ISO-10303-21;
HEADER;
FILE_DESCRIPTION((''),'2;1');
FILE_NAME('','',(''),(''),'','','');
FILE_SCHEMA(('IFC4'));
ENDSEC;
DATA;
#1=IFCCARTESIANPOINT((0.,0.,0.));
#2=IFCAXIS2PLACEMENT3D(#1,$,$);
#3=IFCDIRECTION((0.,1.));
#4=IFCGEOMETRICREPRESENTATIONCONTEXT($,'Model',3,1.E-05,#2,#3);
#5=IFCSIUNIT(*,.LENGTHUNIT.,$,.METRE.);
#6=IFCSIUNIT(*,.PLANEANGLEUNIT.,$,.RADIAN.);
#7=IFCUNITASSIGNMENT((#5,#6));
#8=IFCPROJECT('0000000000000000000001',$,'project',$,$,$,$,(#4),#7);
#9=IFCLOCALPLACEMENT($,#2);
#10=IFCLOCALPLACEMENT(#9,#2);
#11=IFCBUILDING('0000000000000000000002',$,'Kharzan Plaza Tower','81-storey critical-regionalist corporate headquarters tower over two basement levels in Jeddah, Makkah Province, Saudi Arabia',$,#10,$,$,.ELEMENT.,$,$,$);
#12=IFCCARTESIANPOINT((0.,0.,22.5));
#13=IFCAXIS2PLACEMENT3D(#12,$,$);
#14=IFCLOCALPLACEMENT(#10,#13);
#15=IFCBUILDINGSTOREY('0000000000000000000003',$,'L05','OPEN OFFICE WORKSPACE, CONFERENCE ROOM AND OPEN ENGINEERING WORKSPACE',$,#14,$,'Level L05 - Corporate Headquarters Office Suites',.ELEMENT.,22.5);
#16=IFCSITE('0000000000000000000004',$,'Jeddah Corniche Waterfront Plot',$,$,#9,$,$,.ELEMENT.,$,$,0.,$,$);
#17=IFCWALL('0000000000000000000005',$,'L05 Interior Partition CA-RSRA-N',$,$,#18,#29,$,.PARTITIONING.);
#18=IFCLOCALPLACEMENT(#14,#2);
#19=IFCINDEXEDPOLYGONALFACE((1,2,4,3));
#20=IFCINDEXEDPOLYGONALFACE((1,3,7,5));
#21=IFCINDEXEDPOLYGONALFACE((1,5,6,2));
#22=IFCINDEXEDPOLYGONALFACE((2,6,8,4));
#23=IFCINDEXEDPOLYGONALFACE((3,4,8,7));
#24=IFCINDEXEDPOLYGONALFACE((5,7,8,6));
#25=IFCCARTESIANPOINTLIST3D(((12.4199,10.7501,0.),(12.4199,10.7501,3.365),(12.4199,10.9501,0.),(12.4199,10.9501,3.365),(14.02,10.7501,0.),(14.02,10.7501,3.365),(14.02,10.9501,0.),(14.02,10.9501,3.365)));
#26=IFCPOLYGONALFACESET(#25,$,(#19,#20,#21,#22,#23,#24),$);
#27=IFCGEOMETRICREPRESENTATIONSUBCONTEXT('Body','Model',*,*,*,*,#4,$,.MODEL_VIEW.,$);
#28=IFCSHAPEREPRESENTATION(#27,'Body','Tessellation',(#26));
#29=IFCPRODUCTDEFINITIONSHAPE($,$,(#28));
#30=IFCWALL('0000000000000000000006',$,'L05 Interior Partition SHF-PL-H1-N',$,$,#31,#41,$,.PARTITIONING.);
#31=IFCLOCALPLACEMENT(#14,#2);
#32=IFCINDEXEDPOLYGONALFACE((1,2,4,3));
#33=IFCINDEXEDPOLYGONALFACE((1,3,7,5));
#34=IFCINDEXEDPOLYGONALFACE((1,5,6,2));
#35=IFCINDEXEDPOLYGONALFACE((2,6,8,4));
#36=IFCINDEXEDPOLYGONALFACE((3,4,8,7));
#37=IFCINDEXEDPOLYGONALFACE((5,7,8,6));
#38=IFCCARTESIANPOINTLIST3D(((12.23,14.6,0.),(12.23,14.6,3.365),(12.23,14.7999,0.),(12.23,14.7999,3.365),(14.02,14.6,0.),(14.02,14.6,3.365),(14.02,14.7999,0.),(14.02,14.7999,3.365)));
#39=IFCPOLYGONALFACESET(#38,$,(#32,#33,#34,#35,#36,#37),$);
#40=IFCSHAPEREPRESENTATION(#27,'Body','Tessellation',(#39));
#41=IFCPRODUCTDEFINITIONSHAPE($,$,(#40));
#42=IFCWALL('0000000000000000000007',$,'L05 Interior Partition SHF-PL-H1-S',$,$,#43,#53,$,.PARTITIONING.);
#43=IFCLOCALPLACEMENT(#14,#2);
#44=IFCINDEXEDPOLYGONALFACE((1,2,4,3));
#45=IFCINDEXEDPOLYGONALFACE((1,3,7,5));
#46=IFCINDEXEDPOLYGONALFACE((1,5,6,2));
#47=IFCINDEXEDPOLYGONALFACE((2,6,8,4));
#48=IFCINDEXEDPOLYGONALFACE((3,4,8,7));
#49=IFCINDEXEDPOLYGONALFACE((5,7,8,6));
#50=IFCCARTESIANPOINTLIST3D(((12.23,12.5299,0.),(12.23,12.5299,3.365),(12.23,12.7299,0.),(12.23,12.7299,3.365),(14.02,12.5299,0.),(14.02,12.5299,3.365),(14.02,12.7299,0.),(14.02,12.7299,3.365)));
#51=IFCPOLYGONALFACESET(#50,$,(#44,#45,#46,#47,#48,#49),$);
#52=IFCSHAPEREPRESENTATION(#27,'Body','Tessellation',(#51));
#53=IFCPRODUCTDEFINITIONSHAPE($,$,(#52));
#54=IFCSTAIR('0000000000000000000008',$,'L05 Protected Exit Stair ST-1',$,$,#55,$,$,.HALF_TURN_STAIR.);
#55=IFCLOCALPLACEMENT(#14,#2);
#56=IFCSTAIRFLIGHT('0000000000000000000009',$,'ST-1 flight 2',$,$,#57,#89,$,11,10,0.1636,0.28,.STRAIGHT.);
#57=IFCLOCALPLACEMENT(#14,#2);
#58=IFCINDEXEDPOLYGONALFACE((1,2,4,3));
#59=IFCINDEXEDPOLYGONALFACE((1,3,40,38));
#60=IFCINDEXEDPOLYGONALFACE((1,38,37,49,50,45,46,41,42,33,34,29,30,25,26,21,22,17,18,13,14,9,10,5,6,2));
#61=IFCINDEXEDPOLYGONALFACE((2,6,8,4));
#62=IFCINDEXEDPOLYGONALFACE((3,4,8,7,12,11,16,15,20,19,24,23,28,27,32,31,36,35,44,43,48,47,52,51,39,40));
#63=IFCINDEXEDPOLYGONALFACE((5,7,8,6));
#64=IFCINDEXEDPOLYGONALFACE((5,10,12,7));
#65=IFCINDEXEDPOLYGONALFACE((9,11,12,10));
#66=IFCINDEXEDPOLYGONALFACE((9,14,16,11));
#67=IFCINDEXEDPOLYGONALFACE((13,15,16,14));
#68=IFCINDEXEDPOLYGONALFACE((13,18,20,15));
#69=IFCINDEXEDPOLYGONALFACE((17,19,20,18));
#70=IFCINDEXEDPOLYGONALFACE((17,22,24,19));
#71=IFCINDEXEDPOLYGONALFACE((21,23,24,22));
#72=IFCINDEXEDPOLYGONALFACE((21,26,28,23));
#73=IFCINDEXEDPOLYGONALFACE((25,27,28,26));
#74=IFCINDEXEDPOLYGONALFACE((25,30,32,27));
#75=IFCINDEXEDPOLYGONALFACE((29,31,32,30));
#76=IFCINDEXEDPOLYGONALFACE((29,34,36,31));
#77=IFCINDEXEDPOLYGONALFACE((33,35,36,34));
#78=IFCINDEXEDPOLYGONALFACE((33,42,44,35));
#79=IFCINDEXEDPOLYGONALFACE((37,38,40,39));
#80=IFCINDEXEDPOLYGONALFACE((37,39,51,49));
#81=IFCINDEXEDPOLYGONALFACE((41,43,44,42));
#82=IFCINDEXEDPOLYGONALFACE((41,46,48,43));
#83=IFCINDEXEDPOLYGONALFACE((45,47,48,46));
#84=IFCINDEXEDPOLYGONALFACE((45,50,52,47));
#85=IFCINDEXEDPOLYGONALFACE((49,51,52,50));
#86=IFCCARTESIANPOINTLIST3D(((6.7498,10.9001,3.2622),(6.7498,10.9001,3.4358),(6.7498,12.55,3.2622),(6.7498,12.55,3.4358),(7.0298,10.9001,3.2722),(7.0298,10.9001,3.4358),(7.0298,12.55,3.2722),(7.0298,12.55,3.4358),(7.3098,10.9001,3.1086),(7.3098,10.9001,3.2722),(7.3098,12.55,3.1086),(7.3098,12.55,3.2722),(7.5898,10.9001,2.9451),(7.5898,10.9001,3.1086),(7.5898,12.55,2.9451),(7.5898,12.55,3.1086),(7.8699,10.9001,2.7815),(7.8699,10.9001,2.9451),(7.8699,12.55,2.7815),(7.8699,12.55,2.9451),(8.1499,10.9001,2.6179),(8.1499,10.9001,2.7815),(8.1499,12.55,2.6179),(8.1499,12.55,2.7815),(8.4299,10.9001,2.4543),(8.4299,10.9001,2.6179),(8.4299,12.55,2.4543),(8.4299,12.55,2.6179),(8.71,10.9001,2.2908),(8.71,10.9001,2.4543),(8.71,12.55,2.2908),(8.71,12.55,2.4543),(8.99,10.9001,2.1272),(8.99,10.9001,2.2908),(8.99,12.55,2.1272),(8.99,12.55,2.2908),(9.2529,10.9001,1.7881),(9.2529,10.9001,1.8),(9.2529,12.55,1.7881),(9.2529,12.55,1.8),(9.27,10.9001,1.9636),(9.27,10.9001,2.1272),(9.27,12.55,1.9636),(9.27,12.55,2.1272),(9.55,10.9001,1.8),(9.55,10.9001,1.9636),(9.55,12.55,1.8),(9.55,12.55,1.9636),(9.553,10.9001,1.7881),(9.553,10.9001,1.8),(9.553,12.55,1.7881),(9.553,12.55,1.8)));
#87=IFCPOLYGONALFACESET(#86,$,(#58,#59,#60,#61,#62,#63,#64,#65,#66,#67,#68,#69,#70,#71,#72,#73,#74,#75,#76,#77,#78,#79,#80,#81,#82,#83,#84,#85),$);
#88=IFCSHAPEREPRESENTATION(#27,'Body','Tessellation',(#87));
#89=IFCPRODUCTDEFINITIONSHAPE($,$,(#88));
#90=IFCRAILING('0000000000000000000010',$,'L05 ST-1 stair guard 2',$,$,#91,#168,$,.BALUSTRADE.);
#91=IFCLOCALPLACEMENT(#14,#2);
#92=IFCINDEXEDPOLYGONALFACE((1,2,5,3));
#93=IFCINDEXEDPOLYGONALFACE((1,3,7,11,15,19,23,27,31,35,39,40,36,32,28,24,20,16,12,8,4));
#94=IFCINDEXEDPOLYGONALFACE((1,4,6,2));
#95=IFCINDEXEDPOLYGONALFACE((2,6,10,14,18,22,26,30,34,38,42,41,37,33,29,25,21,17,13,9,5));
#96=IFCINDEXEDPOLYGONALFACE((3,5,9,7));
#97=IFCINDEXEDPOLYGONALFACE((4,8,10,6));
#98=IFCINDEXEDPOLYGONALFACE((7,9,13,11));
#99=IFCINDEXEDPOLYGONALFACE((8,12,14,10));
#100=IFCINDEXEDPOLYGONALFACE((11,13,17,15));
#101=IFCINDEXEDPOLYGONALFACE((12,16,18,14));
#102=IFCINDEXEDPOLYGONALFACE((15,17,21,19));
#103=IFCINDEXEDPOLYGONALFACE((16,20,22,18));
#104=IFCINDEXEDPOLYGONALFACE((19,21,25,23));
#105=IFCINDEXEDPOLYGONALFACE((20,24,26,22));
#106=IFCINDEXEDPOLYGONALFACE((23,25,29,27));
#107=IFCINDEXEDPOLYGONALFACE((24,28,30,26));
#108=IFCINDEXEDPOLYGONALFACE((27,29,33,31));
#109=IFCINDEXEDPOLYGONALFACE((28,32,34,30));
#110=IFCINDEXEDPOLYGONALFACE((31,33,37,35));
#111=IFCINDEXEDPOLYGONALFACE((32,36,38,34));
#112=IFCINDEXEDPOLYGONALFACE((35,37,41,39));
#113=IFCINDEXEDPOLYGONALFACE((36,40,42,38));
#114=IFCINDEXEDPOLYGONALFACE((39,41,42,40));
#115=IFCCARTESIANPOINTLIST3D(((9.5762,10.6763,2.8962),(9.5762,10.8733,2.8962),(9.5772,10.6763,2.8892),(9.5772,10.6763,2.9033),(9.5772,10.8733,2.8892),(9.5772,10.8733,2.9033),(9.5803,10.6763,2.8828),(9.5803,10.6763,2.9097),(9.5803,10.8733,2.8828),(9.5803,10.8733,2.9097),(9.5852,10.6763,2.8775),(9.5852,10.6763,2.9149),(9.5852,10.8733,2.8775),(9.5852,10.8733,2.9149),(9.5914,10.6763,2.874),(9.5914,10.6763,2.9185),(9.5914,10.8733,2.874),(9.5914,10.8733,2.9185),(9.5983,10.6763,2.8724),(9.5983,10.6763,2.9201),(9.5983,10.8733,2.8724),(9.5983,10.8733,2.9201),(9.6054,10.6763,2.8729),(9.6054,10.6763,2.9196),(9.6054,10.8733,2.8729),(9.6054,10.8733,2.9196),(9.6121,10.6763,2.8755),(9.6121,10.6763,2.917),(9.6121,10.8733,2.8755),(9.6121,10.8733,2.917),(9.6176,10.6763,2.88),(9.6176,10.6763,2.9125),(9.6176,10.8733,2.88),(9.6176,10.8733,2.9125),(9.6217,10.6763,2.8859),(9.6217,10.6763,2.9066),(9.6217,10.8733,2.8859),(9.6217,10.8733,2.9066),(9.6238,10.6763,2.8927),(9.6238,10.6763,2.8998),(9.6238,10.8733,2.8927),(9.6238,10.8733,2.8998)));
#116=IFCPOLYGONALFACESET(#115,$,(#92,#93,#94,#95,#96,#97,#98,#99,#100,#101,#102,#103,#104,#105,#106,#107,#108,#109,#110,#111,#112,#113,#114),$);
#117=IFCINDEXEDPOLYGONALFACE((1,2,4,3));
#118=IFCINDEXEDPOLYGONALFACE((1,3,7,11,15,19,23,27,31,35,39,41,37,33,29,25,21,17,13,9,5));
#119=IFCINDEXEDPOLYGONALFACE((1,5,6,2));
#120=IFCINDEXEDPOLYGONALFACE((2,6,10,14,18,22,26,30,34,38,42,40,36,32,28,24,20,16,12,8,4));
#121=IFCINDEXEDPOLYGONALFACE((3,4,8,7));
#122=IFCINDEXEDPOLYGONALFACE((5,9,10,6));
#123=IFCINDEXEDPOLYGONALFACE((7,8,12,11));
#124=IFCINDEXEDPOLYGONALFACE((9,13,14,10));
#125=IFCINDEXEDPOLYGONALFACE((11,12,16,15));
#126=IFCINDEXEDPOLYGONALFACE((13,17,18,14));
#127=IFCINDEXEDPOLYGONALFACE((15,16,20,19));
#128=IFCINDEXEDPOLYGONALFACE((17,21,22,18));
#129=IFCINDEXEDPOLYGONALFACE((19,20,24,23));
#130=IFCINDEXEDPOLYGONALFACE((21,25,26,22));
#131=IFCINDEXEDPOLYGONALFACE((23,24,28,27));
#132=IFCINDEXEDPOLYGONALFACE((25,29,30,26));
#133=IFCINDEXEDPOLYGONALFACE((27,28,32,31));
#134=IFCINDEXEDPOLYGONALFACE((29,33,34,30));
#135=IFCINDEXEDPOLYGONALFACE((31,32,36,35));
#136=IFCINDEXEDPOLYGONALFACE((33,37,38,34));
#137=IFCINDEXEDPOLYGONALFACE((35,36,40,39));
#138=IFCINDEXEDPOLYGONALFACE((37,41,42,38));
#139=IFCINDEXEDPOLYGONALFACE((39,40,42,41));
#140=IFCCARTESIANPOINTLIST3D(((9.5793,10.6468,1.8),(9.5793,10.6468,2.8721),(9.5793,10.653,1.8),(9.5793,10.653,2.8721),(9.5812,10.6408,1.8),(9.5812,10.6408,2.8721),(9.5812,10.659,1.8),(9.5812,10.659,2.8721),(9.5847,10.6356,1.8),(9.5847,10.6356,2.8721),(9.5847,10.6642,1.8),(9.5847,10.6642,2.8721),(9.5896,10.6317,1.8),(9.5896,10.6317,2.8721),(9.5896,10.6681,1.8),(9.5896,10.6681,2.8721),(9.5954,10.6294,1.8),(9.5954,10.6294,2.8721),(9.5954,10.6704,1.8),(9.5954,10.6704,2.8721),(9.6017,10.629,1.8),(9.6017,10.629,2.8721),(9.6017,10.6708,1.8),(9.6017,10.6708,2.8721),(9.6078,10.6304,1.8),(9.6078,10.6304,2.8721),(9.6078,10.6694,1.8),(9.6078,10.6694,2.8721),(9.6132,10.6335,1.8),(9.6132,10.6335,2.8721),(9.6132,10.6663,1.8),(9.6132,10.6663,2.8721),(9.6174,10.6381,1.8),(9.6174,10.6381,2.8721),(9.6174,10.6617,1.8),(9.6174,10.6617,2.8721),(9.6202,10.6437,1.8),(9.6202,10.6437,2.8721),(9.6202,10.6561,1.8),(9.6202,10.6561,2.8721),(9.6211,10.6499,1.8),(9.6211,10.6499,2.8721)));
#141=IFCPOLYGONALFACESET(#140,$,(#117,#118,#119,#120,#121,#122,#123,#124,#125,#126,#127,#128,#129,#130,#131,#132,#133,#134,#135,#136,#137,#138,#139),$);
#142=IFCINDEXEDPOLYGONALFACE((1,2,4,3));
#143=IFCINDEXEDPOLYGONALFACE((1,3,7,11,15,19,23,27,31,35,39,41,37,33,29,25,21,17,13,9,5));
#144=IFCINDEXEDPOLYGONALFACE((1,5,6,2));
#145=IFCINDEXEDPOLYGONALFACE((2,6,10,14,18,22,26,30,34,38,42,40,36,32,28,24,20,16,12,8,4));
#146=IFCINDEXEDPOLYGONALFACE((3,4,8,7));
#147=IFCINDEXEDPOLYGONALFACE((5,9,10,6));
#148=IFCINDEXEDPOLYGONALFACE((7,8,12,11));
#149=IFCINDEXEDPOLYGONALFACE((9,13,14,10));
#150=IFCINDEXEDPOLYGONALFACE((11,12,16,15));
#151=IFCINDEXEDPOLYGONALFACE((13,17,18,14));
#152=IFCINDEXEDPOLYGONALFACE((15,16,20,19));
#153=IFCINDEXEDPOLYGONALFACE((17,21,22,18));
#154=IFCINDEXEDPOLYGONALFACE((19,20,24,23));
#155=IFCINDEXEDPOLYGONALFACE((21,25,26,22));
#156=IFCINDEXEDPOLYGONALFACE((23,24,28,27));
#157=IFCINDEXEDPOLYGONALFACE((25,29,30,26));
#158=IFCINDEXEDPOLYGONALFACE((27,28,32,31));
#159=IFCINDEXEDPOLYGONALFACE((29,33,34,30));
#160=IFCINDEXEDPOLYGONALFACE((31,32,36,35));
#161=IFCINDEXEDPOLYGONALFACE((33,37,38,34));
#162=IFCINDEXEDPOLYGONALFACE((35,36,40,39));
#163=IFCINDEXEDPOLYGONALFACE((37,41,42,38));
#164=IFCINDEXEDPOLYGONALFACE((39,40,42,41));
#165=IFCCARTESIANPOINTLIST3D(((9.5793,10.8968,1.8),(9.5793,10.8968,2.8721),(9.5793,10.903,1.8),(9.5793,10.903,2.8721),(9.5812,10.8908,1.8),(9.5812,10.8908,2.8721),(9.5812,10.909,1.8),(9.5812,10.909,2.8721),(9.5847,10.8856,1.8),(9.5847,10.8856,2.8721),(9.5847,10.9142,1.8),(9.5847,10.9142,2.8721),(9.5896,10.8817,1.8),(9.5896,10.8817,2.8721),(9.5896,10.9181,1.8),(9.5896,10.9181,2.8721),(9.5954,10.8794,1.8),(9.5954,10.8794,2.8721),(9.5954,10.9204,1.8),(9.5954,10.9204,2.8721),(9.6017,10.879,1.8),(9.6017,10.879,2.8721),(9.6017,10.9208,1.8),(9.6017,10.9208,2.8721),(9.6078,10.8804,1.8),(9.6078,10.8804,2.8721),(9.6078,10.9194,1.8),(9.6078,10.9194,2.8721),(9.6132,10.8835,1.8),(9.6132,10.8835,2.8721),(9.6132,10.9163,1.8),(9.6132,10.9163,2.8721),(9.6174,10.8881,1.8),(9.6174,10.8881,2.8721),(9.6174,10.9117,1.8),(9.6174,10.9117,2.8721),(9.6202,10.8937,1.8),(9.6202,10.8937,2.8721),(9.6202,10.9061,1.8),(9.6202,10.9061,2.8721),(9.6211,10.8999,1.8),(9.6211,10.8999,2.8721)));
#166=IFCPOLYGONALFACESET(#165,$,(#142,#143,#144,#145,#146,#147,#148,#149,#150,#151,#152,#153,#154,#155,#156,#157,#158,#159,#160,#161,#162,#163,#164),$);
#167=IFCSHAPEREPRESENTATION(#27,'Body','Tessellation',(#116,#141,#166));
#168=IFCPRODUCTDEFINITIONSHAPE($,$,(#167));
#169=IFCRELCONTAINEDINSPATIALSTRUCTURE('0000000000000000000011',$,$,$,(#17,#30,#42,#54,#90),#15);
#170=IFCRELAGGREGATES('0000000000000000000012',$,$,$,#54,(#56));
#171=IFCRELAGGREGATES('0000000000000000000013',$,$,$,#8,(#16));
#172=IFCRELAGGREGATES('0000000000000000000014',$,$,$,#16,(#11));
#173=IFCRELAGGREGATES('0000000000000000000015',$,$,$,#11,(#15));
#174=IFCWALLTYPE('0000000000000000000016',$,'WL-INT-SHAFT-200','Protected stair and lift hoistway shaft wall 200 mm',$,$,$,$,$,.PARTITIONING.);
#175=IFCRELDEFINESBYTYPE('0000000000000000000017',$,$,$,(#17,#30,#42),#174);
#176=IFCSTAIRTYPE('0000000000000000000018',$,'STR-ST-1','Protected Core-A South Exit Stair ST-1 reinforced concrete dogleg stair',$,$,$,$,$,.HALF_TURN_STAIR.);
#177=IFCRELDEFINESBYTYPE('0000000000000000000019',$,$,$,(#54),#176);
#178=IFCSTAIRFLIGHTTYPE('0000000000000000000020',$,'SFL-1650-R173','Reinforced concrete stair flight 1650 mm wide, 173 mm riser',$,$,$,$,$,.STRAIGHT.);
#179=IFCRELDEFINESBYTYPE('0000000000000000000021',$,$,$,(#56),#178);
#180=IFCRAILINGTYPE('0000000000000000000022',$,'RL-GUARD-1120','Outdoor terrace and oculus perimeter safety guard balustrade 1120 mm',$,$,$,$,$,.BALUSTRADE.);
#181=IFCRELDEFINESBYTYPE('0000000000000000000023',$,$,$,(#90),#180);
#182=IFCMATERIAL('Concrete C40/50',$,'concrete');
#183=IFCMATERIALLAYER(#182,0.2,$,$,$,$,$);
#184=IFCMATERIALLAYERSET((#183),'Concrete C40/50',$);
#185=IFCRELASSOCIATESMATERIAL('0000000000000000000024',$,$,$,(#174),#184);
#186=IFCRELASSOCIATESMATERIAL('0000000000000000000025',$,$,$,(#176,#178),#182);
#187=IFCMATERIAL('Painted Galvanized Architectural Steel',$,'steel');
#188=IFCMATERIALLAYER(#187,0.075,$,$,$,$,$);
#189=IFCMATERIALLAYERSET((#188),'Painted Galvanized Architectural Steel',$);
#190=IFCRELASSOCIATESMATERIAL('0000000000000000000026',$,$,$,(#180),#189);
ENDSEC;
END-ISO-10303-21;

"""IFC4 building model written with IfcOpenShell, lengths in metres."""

from ifc_helpers import new_model, si_unit, direction, frame, frame_2d, origin, origin_2d, place, context, subcontext, project, spatial, polyline, rectangle, circle, outline, extrude, source, transform, mapped, material, layer, layer_set, type_object, element, aggregate, save


model = new_model("IFC4")

# Units and contexts
model_context = context("Model", 3, precision=1e-05, world=origin(), true_north=direction((0.0, 1.0)))
body_context = subcontext(model_context, "Body", "Model", "MODEL_VIEW")
ifc_project = project(units=[si_unit("LENGTHUNIT", "METRE"), si_unit("PLANEANGLEUNIT", "RADIAN")], contexts=[model_context])

# Site, building, storey
site_placement = place(None, origin())
site = spatial("IfcSite", under=ifc_project, at=site_placement, Name="Jeddah Corniche Waterfront Plot", CompositionType="ELEMENT", RefElevation=0.0)
building_placement = place(site_placement, origin())
building = spatial("IfcBuilding", under=site, at=building_placement, Name="Kharzan Plaza Tower", Description="81-storey critical-regionalist corporate headquarters tower over two basement levels in Jeddah, Makkah Province, Saudi Arabia", CompositionType="ELEMENT")
storey_placement = place(building_placement, frame((0.0, 0.0, 22.5)))
storey = spatial("IfcBuildingStorey", under=building, at=storey_placement, Name="L05", Description="OPEN OFFICE WORKSPACE, CONFERENCE ROOM AND OPEN ENGINEERING WORKSPACE", LongName="Level L05 - Corporate Headquarters Office Suites", CompositionType="ELEMENT", Elevation=22.5)

# Shared definitions
ifc_material_1 = material(Name="Concrete C40/50", Category="concrete")
ifc_layer_1 = layer(ifc_material_1, 0.2)
ifc_layer_set_1 = layer_set([ifc_layer_1], Name="Concrete C40/50")
wall_type_1 = type_object("IfcWallType", Name="WL-INT-SHAFT-200", Description="Protected stair and lift hoistway shaft wall 200 mm", PredefinedType="PARTITIONING", material=ifc_layer_set_1)

# Walls
shared_shape_1 = source(origin(), body_context, "Body", "SweptSolid", [
    extrude(rectangle(XDim=1.6001, YDim=0.2, at=frame_2d((0.8, 0.0))), origin(), (0.0, 0.0, 1.0), 3.365),
])
wall_1_placement = place(storey_placement, frame((12.4199, 10.8501, 0.0), z_axis=(0.0, 0.0, 1.0), x_axis=(1.0, 0.0, 0.0)))
element("IfcWall", 1, at=wall_1_placement, inside=storey, type_object=wall_type_1, Name="L05 Interior Partition CA-RSRA-N", PredefinedType="PARTITIONING", context=body_context, shape_type="MappedRepresentation", body=[
    mapped(shared_shape_1, transform((0.0, 0.0, 0.0), x_axis=(1.0, 0.0, 0.0), y_axis=(0.0, 1.0, 0.0), z_axis=(0.0, 0.0, 1.0))),
])
shared_shape_2 = source(origin(), body_context, "Body", "SweptSolid", [
    extrude(rectangle(XDim=1.79, YDim=0.2, at=frame_2d((0.895, 0.0))), origin(), (0.0, 0.0, 1.0), 3.365),
])
for number, where, z_axis, x_axis, name in (
    (2, (12.23, 14.7, 0.0), (0.0, 0.0, 1.0), (1.0, 0.0, 0.0), "L05 Interior Partition SHF-PL-H1-N"),
    (3, (12.23, 12.6299, 0.0), (0.0, 0.0, 1.0), (1.0, 0.0, 0.0), "L05 Interior Partition SHF-PL-H1-S"),
):
    element("IfcWall", number, at=place(storey_placement, frame(where, z_axis=z_axis, x_axis=x_axis)), inside=storey, type_object=wall_type_1, Name=name, PredefinedType="PARTITIONING", context=body_context, shape_type="MappedRepresentation", body=[
        mapped(shared_shape_2, transform((0.0, 0.0, 0.0), x_axis=(1.0, 0.0, 0.0), y_axis=(0.0, 1.0, 0.0), z_axis=(0.0, 0.0, 1.0))),
    ])

# Stair, stair flight
stair_type = type_object("IfcStairType", Name="STR-ST-1", Description="Protected Core-A South Exit Stair ST-1 reinforced concrete dogleg stair", PredefinedType="HALF_TURN_STAIR", material=ifc_material_1)
stair_placement = place(storey_placement, origin())
stair = element("IfcStair", 4, at=stair_placement, inside=storey, type_object=stair_type, Name="L05 Protected Exit Stair ST-1", PredefinedType="HALF_TURN_STAIR")
stair_flight_type = type_object("IfcStairFlightType", Name="SFL-1650-R173", Description="Reinforced concrete stair flight 1650 mm wide, 173 mm riser", PredefinedType="STRAIGHT", material=ifc_material_1)
shared_shape_3 = source(origin(), body_context, "Body", "SweptSolid", [
    extrude(outline(polyline([(-0.0029, -0.012), (-0.0029, 0.0), (0.0, 0.0), (0.0, 0.1636), (0.28, 0.1636), (0.28, 0.3271), (0.5601, 0.3271), (0.5601, 0.4907), (0.8401, 0.4907), (0.8401, 0.6543), (1.1201, 0.6543), (1.1201, 0.8179), (1.4001, 0.8179), (1.4001, 0.9814), (1.6802, 0.9814), (1.6802, 1.145), (1.9602, 1.145), (1.9602, 1.3086), (2.2402, 1.3086), (2.2402, 1.4722), (2.5203, 1.4722), (2.5203, 1.6357), (2.8003, 1.6357), (2.8003, 1.7993), (2.8003, 1.4622), (0.2971, 0.0), (0.2971, -0.012), (-0.0029, -0.012)])), frame((0.0, 0.825, 0.0), z_axis=(0.0, -1.0, 0.0), x_axis=(1.0, 0.0, 0.0)), (0.0, 0.0, 1.0), 1.6499),
])
stair_flight_placement = place(storey_placement, frame((9.55, 11.7251, 1.8), z_axis=(0.0, 0.0, 1.0), x_axis=(-1.0, 0.0, 0.0)))
stair_flight = element("IfcStairFlight", 5, at=stair_flight_placement, type_object=stair_flight_type, Name="ST-1 flight 2", NumberOfRisers=11, NumberOfTreads=10, PredefinedType="STRAIGHT", RiserHeight=0.1636, TreadLength=0.28, context=body_context, shape_type="MappedRepresentation", body=[
    mapped(shared_shape_3, transform((0.0, 0.0, 0.0), x_axis=(1.0, 0.0, 0.0), y_axis=(0.0, 1.0, 0.0), z_axis=(0.0, 0.0, 1.0))),
])
aggregate(stair, [stair_flight])

# Railing
ifc_material_2 = material(Name="Painted Galvanized Architectural Steel", Category="steel")
ifc_layer_2 = layer(ifc_material_2, 0.075)
ifc_layer_set_2 = layer_set([ifc_layer_2], Name="Painted Galvanized Architectural Steel")
railing_type_1 = type_object("IfcRailingType", Name="RL-GUARD-1120", Description="Outdoor terrace and oculus perimeter safety guard balustrade 1120 mm", PredefinedType="BALUSTRADE", material=ifc_layer_set_2)
shared_shape_4 = source(origin(), body_context, "Body", "SweptSolid", [
    extrude(circle(Radius=0.0239, at=origin_2d()), frame((0.0, 0.0264, 1.0962), z_axis=(0.0, 1.0, 0.0), x_axis=(-1.0, 0.0, 0.0)), (0.0, 0.0, 1.0), 0.197),
    extrude(circle(Radius=0.021, at=origin_2d()), origin(), (0.0, 0.0, 1.0), 1.072),
    extrude(circle(Radius=0.021, at=origin_2d()), frame((0.0, 0.25, 0.0)), (0.0, 0.0, 1.0), 1.072),
])
railing_1_placement = place(storey_placement, frame((9.6001, 10.6499, 1.8)))
element("IfcRailing", 6, at=railing_1_placement, inside=storey, type_object=railing_type_1, Name="L05 ST-1 stair guard 2", PredefinedType="BALUSTRADE", context=body_context, shape_type="MappedRepresentation", body=[
    mapped(shared_shape_4, transform((0.0, 0.0, 0.0), x_axis=(1.0, 0.0, 0.0), y_axis=(0.0, 1.0, 0.0), z_axis=(0.0, 0.0, 1.0))),
])

save(model, "model.ifc")
